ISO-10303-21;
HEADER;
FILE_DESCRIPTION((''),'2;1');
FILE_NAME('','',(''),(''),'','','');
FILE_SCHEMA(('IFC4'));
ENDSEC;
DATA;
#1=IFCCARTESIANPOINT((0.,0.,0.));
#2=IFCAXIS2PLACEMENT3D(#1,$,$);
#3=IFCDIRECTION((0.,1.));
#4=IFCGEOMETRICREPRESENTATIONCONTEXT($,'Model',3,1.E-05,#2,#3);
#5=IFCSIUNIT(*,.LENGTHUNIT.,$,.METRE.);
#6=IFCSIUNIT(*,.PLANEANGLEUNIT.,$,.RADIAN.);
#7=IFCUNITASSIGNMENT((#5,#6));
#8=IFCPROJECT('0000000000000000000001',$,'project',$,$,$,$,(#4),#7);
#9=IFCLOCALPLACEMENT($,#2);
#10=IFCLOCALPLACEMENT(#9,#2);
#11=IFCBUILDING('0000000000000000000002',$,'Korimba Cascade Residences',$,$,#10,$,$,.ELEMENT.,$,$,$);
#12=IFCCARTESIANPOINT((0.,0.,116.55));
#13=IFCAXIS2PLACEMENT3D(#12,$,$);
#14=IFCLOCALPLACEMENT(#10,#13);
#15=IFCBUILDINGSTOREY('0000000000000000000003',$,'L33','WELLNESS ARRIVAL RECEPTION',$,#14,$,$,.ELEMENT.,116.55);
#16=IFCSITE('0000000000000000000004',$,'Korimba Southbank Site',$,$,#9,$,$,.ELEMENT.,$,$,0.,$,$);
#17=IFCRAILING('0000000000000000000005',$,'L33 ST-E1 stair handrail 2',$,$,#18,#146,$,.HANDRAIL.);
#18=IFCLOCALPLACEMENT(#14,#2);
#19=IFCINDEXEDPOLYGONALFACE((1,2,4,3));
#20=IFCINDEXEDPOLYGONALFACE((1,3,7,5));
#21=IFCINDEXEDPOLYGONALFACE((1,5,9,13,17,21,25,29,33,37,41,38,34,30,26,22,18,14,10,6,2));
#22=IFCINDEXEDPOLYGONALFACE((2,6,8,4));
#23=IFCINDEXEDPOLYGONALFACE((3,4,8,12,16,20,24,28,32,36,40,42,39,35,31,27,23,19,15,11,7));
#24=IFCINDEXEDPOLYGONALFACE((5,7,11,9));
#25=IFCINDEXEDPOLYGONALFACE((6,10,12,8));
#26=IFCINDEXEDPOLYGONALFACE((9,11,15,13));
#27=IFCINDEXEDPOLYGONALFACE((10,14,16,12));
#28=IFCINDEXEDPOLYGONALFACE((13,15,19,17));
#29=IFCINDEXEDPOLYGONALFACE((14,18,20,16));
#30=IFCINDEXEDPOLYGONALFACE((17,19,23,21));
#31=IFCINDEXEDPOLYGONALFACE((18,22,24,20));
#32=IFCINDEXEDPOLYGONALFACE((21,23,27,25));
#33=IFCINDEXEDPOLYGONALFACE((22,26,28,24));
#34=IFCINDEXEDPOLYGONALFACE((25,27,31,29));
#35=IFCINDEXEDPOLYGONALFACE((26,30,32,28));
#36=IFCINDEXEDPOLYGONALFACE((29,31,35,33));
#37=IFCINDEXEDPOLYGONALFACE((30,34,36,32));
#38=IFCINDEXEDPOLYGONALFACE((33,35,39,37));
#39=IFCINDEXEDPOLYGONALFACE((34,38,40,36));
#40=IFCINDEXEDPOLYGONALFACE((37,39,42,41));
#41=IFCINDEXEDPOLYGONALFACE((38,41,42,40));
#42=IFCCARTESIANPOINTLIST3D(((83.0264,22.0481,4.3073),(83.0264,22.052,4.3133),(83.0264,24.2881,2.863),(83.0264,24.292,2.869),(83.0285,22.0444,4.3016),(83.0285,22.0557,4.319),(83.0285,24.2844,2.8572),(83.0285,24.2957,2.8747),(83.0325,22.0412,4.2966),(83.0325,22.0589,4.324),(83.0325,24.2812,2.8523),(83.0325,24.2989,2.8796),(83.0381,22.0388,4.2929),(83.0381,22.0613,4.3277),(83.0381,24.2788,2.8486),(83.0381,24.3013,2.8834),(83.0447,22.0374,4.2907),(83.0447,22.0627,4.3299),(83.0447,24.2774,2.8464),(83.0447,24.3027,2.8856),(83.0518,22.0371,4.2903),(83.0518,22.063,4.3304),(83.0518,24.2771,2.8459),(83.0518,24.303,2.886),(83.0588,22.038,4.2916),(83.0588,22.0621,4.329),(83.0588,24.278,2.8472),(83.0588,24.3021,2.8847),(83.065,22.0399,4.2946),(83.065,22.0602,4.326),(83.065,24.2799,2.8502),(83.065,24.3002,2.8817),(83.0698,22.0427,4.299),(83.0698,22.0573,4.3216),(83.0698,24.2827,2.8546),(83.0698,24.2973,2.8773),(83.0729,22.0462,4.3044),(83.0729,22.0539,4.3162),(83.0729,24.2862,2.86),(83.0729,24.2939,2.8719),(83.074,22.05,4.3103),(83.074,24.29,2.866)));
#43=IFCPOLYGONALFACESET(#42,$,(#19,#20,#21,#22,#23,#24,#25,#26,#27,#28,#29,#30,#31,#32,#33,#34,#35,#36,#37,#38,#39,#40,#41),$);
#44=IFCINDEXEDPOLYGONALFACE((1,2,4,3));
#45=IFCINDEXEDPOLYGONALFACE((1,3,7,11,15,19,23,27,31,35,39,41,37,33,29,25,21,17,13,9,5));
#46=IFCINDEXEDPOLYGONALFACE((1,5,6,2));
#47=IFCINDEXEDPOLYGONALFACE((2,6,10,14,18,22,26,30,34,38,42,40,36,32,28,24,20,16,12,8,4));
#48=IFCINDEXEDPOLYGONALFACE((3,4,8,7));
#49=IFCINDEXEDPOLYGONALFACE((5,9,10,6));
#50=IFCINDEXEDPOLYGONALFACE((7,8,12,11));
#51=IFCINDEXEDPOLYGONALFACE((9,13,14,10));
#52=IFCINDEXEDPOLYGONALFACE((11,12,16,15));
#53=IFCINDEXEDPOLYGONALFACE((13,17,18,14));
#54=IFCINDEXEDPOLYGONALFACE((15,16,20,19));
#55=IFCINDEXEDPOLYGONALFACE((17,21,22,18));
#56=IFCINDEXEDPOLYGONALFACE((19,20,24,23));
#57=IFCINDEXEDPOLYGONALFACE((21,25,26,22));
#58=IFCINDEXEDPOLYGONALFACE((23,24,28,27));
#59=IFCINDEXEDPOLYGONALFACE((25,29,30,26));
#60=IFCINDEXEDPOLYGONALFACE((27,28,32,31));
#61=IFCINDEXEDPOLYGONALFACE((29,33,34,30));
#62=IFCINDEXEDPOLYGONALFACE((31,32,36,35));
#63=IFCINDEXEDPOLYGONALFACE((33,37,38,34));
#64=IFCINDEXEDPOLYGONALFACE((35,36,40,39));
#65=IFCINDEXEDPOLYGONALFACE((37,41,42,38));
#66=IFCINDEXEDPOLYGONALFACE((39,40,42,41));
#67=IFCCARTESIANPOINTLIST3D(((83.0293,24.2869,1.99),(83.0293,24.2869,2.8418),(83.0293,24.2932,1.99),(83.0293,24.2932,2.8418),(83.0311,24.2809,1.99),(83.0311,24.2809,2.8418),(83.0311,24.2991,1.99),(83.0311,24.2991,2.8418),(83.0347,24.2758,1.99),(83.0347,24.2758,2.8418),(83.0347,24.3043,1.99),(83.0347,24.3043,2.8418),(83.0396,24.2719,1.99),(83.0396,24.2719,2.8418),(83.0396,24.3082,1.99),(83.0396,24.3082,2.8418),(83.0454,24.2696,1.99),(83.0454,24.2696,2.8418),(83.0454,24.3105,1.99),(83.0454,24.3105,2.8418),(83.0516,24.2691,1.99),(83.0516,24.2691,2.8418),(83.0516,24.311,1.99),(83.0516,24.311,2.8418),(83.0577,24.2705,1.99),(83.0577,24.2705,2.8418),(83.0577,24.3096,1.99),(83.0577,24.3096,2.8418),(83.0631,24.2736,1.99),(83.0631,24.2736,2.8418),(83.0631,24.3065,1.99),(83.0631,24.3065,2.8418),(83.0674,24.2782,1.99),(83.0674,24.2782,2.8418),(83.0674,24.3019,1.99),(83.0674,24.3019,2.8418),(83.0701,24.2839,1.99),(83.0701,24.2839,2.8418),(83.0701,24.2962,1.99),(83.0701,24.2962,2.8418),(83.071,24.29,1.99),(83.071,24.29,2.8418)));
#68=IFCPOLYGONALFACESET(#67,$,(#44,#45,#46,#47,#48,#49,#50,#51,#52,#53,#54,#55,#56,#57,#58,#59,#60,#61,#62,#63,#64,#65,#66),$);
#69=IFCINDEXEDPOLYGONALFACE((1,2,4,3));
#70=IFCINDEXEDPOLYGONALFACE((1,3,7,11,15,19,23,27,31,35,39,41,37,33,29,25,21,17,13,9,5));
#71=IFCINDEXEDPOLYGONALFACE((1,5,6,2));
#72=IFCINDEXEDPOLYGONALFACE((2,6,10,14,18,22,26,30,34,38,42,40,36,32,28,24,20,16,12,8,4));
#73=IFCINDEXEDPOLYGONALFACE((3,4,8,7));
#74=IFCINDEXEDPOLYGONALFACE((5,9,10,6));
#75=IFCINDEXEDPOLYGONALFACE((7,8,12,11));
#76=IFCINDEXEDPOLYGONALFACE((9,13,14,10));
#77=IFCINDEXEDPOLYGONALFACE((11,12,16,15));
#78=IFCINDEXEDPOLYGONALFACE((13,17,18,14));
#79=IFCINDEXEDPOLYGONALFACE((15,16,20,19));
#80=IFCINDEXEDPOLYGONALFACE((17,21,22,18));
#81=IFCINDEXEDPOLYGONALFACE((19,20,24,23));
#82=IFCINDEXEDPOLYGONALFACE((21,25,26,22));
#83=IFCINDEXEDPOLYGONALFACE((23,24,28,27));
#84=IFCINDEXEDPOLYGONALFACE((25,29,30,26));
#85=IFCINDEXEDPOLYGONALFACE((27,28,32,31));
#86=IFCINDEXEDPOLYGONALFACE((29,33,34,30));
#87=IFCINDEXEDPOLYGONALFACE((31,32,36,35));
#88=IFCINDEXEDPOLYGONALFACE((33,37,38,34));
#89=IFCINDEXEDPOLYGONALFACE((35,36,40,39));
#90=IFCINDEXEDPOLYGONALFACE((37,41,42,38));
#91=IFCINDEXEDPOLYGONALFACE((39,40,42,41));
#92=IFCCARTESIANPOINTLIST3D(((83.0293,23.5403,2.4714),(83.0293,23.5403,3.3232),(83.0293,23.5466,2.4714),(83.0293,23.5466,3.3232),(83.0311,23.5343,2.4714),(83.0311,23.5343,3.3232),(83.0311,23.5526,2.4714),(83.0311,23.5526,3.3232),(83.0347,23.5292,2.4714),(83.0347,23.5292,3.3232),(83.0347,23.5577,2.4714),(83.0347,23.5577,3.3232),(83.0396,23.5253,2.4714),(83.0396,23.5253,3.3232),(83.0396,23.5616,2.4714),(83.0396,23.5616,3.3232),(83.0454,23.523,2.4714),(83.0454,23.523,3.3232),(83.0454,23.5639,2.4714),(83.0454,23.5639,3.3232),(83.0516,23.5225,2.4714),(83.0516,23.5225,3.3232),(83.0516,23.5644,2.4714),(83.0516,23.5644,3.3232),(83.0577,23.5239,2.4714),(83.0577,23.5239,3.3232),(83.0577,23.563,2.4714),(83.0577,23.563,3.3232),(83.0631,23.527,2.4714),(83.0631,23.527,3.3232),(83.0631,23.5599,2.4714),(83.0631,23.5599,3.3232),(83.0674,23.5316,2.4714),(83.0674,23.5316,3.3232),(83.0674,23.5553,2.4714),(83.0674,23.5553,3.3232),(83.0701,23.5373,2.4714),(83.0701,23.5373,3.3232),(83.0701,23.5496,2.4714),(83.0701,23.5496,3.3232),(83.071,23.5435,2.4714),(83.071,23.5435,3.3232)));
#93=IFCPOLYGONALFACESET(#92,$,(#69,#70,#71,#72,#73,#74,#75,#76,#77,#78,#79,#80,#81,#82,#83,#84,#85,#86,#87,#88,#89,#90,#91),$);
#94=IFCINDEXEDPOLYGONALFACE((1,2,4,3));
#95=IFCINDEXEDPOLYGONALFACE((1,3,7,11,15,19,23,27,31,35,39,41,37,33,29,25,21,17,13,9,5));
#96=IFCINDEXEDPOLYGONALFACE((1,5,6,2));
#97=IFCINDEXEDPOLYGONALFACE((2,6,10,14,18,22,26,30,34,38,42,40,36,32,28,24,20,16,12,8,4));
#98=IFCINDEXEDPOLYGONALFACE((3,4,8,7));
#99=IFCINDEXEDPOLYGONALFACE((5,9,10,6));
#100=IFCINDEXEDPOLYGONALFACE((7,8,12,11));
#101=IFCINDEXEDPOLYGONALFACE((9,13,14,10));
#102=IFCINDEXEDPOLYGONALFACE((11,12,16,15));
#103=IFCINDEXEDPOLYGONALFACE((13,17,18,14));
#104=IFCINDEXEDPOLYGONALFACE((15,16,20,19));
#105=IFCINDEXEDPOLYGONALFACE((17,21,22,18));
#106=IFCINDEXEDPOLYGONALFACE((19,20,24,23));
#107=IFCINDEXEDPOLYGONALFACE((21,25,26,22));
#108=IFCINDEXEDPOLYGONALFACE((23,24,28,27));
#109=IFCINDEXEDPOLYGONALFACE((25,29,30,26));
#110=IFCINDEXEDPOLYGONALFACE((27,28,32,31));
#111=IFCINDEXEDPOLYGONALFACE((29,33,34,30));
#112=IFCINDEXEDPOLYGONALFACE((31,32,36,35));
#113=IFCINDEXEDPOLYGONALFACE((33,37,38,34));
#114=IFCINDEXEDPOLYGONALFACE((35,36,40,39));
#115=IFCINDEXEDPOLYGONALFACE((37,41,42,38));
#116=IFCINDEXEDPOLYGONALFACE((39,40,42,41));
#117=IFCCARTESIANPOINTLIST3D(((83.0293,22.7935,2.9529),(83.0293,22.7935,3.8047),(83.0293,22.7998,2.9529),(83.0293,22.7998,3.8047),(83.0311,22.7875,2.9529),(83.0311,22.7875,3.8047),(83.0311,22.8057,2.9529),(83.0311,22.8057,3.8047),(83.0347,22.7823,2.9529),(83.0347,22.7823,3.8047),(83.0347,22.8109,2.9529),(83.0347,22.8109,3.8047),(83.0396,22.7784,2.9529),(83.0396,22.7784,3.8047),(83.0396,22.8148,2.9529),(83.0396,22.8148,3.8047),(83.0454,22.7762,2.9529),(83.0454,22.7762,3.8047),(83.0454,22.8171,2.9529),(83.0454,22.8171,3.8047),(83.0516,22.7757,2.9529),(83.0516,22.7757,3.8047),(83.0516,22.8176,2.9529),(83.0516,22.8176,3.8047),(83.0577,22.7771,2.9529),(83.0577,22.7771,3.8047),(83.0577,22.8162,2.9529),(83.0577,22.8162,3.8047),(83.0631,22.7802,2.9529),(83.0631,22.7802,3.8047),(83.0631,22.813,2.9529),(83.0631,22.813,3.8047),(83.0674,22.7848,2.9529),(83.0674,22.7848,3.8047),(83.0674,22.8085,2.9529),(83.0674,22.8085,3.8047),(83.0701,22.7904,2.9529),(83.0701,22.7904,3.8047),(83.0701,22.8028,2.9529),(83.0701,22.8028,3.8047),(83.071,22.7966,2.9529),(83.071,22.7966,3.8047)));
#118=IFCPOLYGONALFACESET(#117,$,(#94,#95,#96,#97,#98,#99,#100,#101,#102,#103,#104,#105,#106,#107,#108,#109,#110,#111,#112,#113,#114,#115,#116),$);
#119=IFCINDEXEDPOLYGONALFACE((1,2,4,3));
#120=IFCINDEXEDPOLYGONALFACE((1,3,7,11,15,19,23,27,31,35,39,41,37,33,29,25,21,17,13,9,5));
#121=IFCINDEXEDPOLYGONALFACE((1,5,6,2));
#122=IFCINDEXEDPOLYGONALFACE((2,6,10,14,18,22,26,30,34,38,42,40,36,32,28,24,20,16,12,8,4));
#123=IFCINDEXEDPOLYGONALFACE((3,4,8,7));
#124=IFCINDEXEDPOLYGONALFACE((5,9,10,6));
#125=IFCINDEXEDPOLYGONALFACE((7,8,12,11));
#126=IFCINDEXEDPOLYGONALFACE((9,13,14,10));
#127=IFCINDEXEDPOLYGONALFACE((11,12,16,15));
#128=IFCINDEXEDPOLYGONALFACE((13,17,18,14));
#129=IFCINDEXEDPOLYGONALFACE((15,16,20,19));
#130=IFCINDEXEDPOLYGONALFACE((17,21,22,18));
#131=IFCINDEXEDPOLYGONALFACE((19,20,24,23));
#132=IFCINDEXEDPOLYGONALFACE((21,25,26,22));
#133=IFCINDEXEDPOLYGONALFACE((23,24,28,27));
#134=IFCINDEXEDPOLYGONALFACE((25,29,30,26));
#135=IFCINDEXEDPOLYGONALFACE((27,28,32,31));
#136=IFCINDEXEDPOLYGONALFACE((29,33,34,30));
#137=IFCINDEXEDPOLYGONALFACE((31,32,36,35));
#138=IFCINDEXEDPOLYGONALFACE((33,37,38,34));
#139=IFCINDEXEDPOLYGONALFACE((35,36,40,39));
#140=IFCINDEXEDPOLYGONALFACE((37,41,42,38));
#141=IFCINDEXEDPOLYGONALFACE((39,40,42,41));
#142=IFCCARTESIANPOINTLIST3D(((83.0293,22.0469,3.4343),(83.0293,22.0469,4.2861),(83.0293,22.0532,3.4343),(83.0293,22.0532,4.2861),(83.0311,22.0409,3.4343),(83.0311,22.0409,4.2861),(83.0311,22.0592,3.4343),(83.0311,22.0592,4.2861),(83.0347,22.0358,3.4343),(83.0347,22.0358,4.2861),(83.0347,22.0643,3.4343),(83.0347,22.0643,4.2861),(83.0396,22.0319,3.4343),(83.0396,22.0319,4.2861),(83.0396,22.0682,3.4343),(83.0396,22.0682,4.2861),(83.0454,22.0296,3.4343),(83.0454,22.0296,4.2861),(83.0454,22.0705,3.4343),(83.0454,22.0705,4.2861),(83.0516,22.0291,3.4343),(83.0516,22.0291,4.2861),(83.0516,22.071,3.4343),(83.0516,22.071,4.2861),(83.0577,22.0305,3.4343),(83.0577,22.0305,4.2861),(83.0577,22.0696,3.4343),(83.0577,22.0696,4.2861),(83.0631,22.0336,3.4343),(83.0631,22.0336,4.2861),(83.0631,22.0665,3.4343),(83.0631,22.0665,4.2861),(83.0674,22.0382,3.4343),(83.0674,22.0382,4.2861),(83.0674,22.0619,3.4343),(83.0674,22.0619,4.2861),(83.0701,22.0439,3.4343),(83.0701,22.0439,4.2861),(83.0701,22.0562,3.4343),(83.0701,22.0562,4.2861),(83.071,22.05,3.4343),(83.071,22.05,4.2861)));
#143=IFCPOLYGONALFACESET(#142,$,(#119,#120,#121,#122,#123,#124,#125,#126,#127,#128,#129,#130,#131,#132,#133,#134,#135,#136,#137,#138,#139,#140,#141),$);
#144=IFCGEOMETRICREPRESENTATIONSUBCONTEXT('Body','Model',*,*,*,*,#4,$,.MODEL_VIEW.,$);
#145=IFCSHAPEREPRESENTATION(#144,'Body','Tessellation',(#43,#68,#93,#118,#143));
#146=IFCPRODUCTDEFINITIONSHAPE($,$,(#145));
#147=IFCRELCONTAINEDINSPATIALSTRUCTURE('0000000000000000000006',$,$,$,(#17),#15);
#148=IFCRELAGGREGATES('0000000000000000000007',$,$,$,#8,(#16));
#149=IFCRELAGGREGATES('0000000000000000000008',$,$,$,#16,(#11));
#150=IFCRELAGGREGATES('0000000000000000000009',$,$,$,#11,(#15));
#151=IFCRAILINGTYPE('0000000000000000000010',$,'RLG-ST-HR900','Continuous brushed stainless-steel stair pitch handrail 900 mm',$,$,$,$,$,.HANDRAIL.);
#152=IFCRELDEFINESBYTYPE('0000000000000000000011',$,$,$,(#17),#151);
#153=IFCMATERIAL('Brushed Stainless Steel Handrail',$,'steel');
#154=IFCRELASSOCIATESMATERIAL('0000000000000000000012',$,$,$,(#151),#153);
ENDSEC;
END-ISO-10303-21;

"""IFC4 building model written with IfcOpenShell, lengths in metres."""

from ifc_helpers import new_model, si_unit, direction, frame, origin, origin_2d, place, context, subcontext, project, spatial, circle, extrude, material, type_object, element, save


model = new_model("IFC4")

# Units and contexts
model_context = context("Model", 3, precision=1e-05, world=origin(), true_north=direction((0.0, 1.0)))
body_context = subcontext(model_context, "Body", "Model", "MODEL_VIEW")
ifc_project = project(units=[si_unit("LENGTHUNIT", "METRE"), si_unit("PLANEANGLEUNIT", "RADIAN")], contexts=[model_context])

# Site, building, storey
site_placement = place(None, origin())
site = spatial("IfcSite", under=ifc_project, at=site_placement, Name="Korimba Southbank Site", CompositionType="ELEMENT", RefElevation=0.0)
building_placement = place(site_placement, origin())
building = spatial("IfcBuilding", under=site, at=building_placement, Name="Korimba Cascade Residences", CompositionType="ELEMENT")
storey_placement = place(building_placement, frame((0.0, 0.0, 116.55)))
storey = spatial("IfcBuildingStorey", under=building, at=storey_placement, Name="L33", Description="WELLNESS ARRIVAL RECEPTION", CompositionType="ELEMENT", Elevation=116.55)

# Railing
ifc_material_1 = material(Name="Brushed Stainless Steel Handrail", Category="steel")
railing_type_1 = type_object("IfcRailingType", Name="RLG-ST-HR900", Description="Continuous brushed stainless-steel stair pitch handrail 900 mm", PredefinedType="HANDRAIL", material=ifc_material_1)
railing_1_placement = place(storey_placement, frame((83.05, 24.29, 1.99)))
element("IfcRailing", 1, at=railing_1_placement, inside=storey, type_object=railing_type_1, Name="L33 ST-E1 stair handrail 2", PredefinedType="HANDRAIL", context=body_context, shape_type="SweptSolid", body=[
    extrude(circle(Radius=0.0239, at=origin_2d()), frame((0.0, 0.0, 0.876), z_axis=(0.0, -0.840437, 0.54191), x_axis=(1.0, 0.0, 0.0)), (0.0, 0.0, 1.0), 2.6653),
    extrude(circle(Radius=0.021, at=origin_2d()), origin(), (0.0, 0.0, 1.0), 0.8518),
    extrude(circle(Radius=0.021, at=origin_2d()), frame((0.0, -0.7466, 0.4814)), (0.0, 0.0, 1.0), 0.8518),
    extrude(circle(Radius=0.021, at=origin_2d()), frame((0.0, -1.4934, 0.9629)), (0.0, 0.0, 1.0), 0.8518),
    extrude(circle(Radius=0.021, at=origin_2d()), frame((0.0, -2.24, 1.4443)), (0.0, 0.0, 1.0), 0.8518),
])

save(model, "model.ifc")
